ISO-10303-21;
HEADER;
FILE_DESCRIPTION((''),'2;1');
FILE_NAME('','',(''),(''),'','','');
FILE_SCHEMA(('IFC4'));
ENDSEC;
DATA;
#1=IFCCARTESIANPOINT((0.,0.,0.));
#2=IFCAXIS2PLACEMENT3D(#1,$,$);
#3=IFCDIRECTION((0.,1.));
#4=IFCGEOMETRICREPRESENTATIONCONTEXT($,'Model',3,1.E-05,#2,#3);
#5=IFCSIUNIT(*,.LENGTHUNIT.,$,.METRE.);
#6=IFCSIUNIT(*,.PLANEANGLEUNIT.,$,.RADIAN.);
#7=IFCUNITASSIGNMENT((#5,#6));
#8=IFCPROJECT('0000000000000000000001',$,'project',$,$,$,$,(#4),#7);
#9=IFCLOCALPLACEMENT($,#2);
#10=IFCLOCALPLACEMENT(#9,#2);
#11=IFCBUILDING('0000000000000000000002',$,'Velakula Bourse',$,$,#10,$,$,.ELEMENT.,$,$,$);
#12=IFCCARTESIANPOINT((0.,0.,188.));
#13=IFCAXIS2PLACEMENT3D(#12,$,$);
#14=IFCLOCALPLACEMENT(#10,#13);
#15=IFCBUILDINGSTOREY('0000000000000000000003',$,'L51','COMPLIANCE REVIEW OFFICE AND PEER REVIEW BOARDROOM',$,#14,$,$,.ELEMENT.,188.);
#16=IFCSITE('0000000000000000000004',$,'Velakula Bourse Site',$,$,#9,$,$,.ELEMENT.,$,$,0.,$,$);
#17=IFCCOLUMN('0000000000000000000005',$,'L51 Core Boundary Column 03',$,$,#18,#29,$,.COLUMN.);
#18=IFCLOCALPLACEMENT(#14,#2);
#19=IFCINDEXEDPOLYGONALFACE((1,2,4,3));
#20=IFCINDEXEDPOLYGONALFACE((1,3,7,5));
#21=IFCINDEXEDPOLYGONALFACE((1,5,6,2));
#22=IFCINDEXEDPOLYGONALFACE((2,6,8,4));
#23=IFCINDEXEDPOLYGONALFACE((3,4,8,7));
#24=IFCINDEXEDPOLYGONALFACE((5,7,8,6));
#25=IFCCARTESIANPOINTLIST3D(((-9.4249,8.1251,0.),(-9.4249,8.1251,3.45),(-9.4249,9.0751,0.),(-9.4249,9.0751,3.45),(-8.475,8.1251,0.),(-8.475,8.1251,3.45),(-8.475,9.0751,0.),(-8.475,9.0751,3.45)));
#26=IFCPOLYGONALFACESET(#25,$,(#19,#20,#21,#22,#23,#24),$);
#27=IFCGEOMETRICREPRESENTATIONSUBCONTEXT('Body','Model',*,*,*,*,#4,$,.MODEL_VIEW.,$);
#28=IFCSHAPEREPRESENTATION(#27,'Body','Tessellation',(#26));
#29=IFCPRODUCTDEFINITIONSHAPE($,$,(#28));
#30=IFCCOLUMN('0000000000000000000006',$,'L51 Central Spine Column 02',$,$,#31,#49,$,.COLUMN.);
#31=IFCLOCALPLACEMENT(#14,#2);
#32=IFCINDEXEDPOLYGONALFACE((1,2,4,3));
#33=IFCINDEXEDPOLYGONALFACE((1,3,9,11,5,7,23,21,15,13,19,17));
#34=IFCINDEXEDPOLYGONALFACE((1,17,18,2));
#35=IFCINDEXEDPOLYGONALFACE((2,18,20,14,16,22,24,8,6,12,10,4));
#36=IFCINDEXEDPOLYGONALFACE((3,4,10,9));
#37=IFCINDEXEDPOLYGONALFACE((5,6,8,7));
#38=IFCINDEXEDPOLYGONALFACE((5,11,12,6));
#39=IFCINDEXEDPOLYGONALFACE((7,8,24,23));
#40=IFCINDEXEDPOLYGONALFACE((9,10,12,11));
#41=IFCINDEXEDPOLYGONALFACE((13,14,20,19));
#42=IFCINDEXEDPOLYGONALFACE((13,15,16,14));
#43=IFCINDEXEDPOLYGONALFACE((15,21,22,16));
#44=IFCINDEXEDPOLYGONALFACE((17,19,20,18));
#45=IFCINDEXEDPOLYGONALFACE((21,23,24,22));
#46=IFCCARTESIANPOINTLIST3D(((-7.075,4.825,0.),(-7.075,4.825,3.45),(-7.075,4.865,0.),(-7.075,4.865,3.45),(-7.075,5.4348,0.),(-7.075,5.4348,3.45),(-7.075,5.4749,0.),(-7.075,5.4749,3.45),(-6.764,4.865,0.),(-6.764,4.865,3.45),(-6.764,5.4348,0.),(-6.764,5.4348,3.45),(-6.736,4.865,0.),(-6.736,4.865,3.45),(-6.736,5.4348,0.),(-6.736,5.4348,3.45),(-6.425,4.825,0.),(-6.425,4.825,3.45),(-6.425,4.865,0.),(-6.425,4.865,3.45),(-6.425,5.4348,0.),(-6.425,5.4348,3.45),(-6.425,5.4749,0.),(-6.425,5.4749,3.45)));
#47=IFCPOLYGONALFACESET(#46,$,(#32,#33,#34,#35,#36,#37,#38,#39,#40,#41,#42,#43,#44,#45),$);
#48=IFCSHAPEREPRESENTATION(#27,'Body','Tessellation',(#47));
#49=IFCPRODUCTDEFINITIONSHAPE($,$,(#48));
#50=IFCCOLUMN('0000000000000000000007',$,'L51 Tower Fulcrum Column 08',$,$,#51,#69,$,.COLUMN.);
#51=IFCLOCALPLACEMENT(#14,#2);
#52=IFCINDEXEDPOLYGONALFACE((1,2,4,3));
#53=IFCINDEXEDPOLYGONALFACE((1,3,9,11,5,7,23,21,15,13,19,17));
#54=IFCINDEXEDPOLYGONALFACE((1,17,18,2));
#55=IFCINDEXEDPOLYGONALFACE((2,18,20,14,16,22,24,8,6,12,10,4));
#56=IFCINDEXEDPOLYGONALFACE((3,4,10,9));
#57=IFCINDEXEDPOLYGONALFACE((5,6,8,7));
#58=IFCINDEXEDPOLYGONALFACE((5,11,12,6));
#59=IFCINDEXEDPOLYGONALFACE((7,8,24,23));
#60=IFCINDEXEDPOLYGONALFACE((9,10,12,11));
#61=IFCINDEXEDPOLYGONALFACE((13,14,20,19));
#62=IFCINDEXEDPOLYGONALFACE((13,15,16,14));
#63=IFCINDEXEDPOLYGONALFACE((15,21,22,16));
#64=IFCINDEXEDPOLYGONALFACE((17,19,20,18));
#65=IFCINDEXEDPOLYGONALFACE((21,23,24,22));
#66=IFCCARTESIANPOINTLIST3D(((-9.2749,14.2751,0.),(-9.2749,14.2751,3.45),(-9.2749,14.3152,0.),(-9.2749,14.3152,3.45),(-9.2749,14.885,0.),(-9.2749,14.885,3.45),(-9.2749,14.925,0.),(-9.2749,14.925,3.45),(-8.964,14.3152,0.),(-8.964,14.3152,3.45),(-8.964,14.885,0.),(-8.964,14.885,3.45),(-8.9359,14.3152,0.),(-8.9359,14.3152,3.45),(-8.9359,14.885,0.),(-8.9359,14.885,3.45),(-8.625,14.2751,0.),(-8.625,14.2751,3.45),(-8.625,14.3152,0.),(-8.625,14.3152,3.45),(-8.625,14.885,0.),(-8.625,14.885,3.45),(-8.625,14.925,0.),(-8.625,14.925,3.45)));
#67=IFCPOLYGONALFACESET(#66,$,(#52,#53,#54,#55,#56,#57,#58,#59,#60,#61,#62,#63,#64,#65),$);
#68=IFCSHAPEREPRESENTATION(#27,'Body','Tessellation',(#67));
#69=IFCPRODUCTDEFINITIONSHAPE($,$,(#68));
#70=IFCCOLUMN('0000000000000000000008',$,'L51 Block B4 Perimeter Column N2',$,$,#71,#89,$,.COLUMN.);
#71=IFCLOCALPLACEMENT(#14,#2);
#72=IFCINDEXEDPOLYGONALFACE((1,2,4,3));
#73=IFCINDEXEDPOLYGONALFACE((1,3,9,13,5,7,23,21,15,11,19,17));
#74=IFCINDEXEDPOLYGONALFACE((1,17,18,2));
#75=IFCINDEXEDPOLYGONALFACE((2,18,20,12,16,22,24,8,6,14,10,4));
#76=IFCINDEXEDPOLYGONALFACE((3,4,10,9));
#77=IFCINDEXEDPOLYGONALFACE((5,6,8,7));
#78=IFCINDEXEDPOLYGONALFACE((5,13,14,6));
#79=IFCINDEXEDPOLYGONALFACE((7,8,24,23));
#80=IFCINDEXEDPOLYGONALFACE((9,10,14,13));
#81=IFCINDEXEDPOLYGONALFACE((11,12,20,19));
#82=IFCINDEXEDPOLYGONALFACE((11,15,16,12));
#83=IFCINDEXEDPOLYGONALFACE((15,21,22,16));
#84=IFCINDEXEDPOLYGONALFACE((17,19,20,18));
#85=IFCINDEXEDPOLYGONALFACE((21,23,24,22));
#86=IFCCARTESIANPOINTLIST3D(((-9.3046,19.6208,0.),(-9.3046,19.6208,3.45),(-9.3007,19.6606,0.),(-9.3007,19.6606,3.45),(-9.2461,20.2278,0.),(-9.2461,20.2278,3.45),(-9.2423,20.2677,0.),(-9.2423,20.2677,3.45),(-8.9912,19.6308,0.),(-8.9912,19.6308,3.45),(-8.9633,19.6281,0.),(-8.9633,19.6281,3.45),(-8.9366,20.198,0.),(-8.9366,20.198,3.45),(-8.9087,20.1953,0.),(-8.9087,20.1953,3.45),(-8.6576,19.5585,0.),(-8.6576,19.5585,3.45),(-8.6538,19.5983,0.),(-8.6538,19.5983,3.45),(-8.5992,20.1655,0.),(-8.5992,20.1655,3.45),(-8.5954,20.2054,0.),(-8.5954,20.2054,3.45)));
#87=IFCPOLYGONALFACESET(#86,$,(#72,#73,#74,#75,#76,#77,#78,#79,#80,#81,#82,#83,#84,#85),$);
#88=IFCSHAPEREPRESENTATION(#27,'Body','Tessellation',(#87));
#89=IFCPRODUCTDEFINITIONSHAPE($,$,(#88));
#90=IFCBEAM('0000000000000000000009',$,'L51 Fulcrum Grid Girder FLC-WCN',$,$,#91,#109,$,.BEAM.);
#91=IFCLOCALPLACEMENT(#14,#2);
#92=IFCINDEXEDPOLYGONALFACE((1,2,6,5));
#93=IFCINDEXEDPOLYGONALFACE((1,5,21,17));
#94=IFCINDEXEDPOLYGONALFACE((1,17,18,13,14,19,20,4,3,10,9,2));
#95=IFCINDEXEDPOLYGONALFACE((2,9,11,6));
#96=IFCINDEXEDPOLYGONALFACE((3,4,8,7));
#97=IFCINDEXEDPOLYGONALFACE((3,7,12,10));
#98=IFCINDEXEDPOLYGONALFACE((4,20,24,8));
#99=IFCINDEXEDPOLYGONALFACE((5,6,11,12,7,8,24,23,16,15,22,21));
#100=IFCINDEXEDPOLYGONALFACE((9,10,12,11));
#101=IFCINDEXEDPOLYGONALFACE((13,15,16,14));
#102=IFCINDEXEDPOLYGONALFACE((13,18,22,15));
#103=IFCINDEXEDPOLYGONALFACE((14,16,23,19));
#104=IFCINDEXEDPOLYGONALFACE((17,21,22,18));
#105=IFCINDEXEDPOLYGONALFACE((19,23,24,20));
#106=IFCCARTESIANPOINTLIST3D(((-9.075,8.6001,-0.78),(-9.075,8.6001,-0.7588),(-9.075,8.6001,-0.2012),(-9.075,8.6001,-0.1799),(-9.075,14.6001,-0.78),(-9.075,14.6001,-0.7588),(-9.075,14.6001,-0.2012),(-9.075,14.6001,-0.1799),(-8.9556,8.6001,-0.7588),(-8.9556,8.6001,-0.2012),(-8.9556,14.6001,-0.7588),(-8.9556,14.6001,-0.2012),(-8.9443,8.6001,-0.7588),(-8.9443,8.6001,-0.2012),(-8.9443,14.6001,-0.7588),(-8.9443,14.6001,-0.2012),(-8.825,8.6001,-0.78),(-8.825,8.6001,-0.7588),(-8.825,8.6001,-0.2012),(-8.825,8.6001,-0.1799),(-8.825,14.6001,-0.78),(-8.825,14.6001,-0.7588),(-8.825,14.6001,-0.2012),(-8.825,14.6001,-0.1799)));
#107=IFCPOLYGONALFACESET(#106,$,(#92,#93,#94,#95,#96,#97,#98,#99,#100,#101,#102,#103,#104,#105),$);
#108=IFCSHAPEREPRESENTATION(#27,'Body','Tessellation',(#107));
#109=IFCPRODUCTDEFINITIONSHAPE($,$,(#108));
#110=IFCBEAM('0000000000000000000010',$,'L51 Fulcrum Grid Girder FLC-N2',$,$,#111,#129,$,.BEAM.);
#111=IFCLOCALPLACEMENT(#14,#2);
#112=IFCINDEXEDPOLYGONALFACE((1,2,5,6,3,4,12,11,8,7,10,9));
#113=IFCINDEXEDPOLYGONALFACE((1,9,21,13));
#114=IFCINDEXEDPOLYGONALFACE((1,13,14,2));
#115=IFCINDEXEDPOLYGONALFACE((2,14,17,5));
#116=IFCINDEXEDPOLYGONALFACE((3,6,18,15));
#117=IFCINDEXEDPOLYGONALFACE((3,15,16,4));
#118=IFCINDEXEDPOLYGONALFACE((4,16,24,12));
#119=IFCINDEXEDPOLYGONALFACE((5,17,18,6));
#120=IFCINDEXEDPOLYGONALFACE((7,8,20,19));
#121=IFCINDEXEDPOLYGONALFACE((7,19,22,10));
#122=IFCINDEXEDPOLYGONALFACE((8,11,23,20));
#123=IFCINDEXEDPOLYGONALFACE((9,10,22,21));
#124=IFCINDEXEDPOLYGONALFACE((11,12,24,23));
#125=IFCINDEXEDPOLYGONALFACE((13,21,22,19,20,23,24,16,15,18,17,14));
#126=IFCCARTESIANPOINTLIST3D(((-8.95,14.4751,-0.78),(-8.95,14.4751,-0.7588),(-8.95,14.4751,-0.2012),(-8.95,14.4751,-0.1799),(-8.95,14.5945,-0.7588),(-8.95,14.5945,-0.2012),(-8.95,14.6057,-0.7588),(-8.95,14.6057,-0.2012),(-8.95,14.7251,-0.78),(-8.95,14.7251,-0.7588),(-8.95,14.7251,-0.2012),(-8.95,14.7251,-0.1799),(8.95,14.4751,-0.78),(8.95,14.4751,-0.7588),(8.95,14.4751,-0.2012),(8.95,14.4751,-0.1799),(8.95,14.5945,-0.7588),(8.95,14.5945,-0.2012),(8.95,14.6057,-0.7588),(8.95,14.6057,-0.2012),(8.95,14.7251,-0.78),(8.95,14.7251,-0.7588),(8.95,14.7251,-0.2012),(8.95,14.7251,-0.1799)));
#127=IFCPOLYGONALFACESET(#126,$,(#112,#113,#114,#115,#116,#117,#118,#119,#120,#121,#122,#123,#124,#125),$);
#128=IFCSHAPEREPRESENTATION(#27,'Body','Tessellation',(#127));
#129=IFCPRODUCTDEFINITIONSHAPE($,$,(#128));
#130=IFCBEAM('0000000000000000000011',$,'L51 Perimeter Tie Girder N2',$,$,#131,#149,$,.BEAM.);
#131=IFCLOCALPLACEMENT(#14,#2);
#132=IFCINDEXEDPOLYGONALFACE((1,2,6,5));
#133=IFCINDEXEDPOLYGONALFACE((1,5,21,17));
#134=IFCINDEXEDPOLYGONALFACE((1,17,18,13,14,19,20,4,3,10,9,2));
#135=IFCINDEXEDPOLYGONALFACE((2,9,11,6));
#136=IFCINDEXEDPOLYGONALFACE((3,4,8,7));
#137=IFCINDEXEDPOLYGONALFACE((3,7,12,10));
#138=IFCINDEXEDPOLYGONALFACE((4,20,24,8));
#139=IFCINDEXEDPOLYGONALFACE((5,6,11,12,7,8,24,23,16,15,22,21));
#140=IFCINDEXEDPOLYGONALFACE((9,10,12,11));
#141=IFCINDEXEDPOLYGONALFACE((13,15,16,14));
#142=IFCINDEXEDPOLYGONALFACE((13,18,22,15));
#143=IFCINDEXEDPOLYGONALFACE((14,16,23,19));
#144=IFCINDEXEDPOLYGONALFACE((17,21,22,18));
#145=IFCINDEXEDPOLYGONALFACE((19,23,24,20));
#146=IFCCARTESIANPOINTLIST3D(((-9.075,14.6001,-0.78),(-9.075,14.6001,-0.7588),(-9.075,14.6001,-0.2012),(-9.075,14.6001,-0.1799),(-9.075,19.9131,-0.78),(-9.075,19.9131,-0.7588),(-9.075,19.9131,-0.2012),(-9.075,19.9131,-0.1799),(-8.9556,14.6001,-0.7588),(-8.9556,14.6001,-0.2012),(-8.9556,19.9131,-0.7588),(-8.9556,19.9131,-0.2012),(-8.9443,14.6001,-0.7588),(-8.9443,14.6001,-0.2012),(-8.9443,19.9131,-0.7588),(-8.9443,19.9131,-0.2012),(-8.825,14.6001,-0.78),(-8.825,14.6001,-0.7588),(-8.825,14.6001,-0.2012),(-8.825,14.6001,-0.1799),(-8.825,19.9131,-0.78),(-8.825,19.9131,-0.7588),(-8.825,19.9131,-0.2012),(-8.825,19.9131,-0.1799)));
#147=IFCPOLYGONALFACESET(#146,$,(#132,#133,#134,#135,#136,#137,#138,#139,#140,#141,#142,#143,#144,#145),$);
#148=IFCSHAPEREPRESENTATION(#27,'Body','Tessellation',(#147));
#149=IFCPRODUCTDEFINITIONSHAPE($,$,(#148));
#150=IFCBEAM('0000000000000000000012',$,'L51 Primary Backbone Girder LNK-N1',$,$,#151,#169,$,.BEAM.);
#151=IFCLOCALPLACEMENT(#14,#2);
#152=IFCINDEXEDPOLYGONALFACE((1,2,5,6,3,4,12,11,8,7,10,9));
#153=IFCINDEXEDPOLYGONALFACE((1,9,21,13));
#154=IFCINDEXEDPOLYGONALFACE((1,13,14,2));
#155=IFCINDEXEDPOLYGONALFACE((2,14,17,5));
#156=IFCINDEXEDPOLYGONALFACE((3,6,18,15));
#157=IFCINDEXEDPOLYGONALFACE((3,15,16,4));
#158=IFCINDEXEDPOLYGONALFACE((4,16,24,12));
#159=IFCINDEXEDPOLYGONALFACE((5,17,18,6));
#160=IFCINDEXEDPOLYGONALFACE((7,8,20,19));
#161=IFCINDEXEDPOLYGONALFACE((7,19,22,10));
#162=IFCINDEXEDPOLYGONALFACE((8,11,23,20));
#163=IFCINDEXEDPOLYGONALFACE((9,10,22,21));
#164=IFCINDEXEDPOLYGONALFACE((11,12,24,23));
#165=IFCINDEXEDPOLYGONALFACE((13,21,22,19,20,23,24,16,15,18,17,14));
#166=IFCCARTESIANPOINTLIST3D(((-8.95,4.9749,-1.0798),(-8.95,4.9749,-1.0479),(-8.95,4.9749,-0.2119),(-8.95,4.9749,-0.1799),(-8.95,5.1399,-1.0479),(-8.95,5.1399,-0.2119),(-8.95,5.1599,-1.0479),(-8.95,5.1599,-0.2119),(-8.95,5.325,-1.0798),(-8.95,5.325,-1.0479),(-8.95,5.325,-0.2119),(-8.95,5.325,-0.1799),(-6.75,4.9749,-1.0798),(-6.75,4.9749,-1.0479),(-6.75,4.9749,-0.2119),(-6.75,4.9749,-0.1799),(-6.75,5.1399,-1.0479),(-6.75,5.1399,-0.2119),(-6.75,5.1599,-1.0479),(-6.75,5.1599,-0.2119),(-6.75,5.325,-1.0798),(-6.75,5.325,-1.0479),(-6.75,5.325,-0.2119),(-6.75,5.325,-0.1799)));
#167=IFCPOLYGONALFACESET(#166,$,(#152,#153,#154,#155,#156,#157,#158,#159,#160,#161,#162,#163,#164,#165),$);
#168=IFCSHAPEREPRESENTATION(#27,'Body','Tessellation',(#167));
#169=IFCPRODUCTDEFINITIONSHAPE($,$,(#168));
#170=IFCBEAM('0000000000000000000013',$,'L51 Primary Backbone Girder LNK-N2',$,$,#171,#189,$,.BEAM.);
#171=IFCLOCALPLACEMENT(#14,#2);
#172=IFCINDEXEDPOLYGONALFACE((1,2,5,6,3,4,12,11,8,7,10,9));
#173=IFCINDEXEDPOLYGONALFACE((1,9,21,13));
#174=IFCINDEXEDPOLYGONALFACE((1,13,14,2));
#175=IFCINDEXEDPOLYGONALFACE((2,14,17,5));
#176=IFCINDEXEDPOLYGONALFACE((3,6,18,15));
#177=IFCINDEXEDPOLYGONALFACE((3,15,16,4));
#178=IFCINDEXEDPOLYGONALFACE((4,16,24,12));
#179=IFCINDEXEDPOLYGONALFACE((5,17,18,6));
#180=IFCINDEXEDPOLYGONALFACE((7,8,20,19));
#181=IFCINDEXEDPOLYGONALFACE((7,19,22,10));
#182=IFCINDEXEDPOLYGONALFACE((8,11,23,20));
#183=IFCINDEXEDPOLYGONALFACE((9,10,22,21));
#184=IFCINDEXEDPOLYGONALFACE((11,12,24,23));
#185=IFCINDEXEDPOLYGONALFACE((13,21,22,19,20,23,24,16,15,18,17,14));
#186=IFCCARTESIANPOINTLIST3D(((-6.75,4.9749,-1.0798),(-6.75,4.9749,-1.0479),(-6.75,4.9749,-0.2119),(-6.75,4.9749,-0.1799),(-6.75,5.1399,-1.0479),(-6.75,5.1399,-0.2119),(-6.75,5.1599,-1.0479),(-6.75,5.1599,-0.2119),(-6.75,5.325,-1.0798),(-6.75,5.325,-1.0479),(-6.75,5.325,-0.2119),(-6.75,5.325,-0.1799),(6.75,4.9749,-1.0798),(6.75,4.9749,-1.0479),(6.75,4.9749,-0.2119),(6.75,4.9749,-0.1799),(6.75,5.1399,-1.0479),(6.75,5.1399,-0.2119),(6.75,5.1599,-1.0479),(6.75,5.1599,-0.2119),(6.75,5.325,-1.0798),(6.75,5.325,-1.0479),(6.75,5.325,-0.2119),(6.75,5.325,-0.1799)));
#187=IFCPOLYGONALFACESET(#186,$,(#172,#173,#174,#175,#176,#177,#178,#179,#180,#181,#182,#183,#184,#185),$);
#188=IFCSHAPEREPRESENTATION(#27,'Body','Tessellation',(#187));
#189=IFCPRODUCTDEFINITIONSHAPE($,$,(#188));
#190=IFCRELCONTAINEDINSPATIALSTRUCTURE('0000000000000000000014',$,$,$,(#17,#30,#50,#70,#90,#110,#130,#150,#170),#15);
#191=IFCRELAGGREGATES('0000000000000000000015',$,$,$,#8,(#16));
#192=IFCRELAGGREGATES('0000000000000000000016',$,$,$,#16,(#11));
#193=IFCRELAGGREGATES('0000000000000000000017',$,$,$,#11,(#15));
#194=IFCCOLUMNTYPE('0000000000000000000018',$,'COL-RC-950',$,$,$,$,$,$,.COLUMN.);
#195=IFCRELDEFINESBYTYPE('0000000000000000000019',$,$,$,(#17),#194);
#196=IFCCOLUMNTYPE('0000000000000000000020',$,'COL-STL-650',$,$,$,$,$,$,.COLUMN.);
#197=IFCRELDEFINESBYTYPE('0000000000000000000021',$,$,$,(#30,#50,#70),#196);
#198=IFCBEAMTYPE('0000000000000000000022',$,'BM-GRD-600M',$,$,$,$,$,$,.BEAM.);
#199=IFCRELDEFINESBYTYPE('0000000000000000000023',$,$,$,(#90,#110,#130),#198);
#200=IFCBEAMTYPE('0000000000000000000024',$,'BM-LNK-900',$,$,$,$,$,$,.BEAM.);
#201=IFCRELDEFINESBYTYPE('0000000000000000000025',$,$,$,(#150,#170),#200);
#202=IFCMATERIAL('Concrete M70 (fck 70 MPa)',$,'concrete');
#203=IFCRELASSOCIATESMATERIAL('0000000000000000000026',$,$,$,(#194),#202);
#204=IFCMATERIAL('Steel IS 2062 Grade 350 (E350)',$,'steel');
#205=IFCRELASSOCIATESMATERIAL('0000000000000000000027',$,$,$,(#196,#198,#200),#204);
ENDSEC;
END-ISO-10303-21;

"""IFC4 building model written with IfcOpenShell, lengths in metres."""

from ifc_helpers import new_model, si_unit, direction, frame, origin, origin_2d, place, context, subcontext, project, spatial, rectangle, i_section, extrude, material, material_profile, profile_set, type_object, element, save


model = new_model("IFC4")

# Units and contexts
model_context = context("Model", 3, precision=1e-05, world=origin(), true_north=direction((0.0, 1.0)))
body_context = subcontext(model_context, "Body", "Model", "MODEL_VIEW")
ifc_project = project(units=[si_unit("LENGTHUNIT", "METRE"), si_unit("PLANEANGLEUNIT", "RADIAN")], contexts=[model_context])

# Site, building, storey
site_placement = place(None, origin())
site = spatial("IfcSite", under=ifc_project, at=site_placement, Name="Velakula Bourse Site", CompositionType="ELEMENT", RefElevation=0.0)
building_placement = place(site_placement, origin())
building = spatial("IfcBuilding", under=site, at=building_placement, Name="Velakula Bourse", CompositionType="ELEMENT")
storey_placement = place(building_placement, frame((0.0, 0.0, 188.0)))
storey = spatial("IfcBuildingStorey", under=building, at=storey_placement, Name="L51", Description="COMPLIANCE REVIEW OFFICE AND PEER REVIEW BOARDROOM", CompositionType="ELEMENT", Elevation=188.0)

# Columns
ifc_material_1 = material(Name="Concrete M70 (fck 70 MPa)", Category="concrete")
ifc_material_profile_1 = material_profile(ifc_material_1, rectangle(XDim=0.95, YDim=0.95, at=origin_2d()), Name="Concrete M70 (fck 70 MPa)")
ifc_profile_set_1 = profile_set([ifc_material_profile_1], Name="Concrete M70 (fck 70 MPa)")
column_type_1 = type_object("IfcColumnType", Name="COL-RC-950", PredefinedType="COLUMN", material=ifc_profile_set_1)
column_placement = place(storey_placement, frame((-8.95, 8.6001, 0.0), z_axis=(0.0, 0.0, 1.0), x_axis=(1.0, 0.0, 0.0)))
element("IfcColumn", 1, at=column_placement, inside=storey, type_object=column_type_1, Name="L51 Core Boundary Column 03", PredefinedType="COLUMN", context=body_context, shape_type="SweptSolid", body=[
    extrude(rectangle(XDim=0.95, YDim=0.95, at=origin_2d()), origin(), (0.0, 0.0, 1.0), 3.45),
])
ifc_material_2 = material(Name="Steel IS 2062 Grade 350 (E350)", Category="steel")
ifc_material_profile_2 = material_profile(ifc_material_2, i_section(OverallWidth=0.6499, OverallDepth=0.6499, WebThickness=0.0281, FlangeThickness=0.04, at=origin_2d()), Name="Steel IS 2062 Grade 350 (E350)")
ifc_profile_set_2 = profile_set([ifc_material_profile_2], Name="Steel IS 2062 Grade 350 (E350)")
column_type_2 = type_object("IfcColumnType", Name="COL-STL-650", PredefinedType="COLUMN", material=ifc_profile_set_2)
for number, where, z_axis, x_axis, name in (
    (2, (-6.75, 5.1499, 0.0), (0.0, 0.0, 1.0), (1.0, 0.0, 0.0), "L51 Central Spine Column 02"),
    (3, (-8.95, 14.6001, 0.0), (0.0, 0.0, 1.0), (1.0, 0.0, 0.0), "L51 Tower Fulcrum Column 08"),
    (4, (-8.95, 19.9131, 0.0), (0.0, 0.0, 1.0), (0.995396, -0.095846, 0.0), "L51 Block B4 Perimeter Column N2"),
):
    element("IfcColumn", number, at=place(storey_placement, frame(where, z_axis=z_axis, x_axis=x_axis)), inside=storey, type_object=column_type_2, Name=name, PredefinedType="COLUMN", context=body_context, shape_type="SweptSolid", body=[
        extrude(i_section(OverallWidth=0.6499, OverallDepth=0.6499, WebThickness=0.0281, FlangeThickness=0.04, at=origin_2d()), origin(), (0.0, 0.0, 1.0), 3.45),
    ])

# Beams
ifc_material_profile_3 = material_profile(ifc_material_2, i_section(OverallWidth=0.25, OverallDepth=0.6001, WebThickness=0.0112, FlangeThickness=0.0212, at=origin_2d()), Name="Steel IS 2062 Grade 350 (E350)")
ifc_profile_set_3 = profile_set([ifc_material_profile_3], Name="Steel IS 2062 Grade 350 (E350)")
beam_type_1 = type_object("IfcBeamType", Name="BM-GRD-600M", PredefinedType="BEAM", material=ifc_profile_set_3)
beam_1_placement = place(storey_placement, frame((-8.95, 8.6001, -0.48), z_axis=(0.0, 1.0, 0.0), x_axis=(-1.0, 0.0, 0.0)))
element("IfcBeam", 5, at=beam_1_placement, inside=storey, type_object=beam_type_1, Name="L51 Fulcrum Grid Girder FLC-WCN", PredefinedType="BEAM", context=body_context, shape_type="SweptSolid", body=[
    extrude(i_section(OverallWidth=0.25, OverallDepth=0.6001, WebThickness=0.0112, FlangeThickness=0.0212, at=origin_2d()), origin(), (0.0, 0.0, 1.0), 6.0),
])
beam_2_placement = place(storey_placement, frame((-8.95, 14.6001, -0.48), z_axis=(1.0, 0.0, 0.0), x_axis=(0.0, 1.0, 0.0)))
element("IfcBeam", 6, at=beam_2_placement, inside=storey, type_object=beam_type_1, Name="L51 Fulcrum Grid Girder FLC-N2", PredefinedType="BEAM", context=body_context, shape_type="SweptSolid", body=[
    extrude(i_section(OverallWidth=0.25, OverallDepth=0.6001, WebThickness=0.0112, FlangeThickness=0.0212, at=origin_2d()), origin(), (0.0, 0.0, 1.0), 17.8999),
])
beam_3_placement = place(storey_placement, frame((-8.95, 14.6001, -0.48), z_axis=(0.0, 1.0, 0.0), x_axis=(-1.0, 0.0, 0.0)))
element("IfcBeam", 7, at=beam_3_placement, inside=storey, type_object=beam_type_1, Name="L51 Perimeter Tie Girder N2", PredefinedType="BEAM", context=body_context, shape_type="SweptSolid", body=[
    extrude(i_section(OverallWidth=0.25, OverallDepth=0.6001, WebThickness=0.0112, FlangeThickness=0.0212, at=origin_2d()), origin(), (0.0, 0.0, 1.0), 5.313),
])
ifc_material_profile_4 = material_profile(ifc_material_2, i_section(OverallWidth=0.3501, OverallDepth=0.8999, WebThickness=0.02, FlangeThickness=0.032, at=origin_2d()), Name="Steel IS 2062 Grade 350 (E350)")
ifc_profile_set_4 = profile_set([ifc_material_profile_4], Name="Steel IS 2062 Grade 350 (E350)")
beam_type_2 = type_object("IfcBeamType", Name="BM-LNK-900", PredefinedType="BEAM", material=ifc_profile_set_4)
beam_4_placement = place(storey_placement, frame((-8.95, 5.1499, -0.6299), z_axis=(1.0, 0.0, 0.0), x_axis=(0.0, 1.0, 0.0)))
element("IfcBeam", 8, at=beam_4_placement, inside=storey, type_object=beam_type_2, Name="L51 Primary Backbone Girder LNK-N1", PredefinedType="BEAM", context=body_context, shape_type="SweptSolid", body=[
    extrude(i_section(OverallWidth=0.3501, OverallDepth=0.8999, WebThickness=0.02, FlangeThickness=0.032, at=origin_2d()), origin(), (0.0, 0.0, 1.0), 2.2),
])
beam_5_placement = place(storey_placement, frame((-6.75, 5.1499, -0.6299), z_axis=(1.0, 0.0, 0.0), x_axis=(0.0, 1.0, 0.0)))
element("IfcBeam", 9, at=beam_5_placement, inside=storey, type_object=beam_type_2, Name="L51 Primary Backbone Girder LNK-N2", PredefinedType="BEAM", context=body_context, shape_type="SweptSolid", body=[
    extrude(i_section(OverallWidth=0.3501, OverallDepth=0.8999, WebThickness=0.02, FlangeThickness=0.032, at=origin_2d()), origin(), (0.0, 0.0, 1.0), 13.5),
])

save(model, "model.ifc")
